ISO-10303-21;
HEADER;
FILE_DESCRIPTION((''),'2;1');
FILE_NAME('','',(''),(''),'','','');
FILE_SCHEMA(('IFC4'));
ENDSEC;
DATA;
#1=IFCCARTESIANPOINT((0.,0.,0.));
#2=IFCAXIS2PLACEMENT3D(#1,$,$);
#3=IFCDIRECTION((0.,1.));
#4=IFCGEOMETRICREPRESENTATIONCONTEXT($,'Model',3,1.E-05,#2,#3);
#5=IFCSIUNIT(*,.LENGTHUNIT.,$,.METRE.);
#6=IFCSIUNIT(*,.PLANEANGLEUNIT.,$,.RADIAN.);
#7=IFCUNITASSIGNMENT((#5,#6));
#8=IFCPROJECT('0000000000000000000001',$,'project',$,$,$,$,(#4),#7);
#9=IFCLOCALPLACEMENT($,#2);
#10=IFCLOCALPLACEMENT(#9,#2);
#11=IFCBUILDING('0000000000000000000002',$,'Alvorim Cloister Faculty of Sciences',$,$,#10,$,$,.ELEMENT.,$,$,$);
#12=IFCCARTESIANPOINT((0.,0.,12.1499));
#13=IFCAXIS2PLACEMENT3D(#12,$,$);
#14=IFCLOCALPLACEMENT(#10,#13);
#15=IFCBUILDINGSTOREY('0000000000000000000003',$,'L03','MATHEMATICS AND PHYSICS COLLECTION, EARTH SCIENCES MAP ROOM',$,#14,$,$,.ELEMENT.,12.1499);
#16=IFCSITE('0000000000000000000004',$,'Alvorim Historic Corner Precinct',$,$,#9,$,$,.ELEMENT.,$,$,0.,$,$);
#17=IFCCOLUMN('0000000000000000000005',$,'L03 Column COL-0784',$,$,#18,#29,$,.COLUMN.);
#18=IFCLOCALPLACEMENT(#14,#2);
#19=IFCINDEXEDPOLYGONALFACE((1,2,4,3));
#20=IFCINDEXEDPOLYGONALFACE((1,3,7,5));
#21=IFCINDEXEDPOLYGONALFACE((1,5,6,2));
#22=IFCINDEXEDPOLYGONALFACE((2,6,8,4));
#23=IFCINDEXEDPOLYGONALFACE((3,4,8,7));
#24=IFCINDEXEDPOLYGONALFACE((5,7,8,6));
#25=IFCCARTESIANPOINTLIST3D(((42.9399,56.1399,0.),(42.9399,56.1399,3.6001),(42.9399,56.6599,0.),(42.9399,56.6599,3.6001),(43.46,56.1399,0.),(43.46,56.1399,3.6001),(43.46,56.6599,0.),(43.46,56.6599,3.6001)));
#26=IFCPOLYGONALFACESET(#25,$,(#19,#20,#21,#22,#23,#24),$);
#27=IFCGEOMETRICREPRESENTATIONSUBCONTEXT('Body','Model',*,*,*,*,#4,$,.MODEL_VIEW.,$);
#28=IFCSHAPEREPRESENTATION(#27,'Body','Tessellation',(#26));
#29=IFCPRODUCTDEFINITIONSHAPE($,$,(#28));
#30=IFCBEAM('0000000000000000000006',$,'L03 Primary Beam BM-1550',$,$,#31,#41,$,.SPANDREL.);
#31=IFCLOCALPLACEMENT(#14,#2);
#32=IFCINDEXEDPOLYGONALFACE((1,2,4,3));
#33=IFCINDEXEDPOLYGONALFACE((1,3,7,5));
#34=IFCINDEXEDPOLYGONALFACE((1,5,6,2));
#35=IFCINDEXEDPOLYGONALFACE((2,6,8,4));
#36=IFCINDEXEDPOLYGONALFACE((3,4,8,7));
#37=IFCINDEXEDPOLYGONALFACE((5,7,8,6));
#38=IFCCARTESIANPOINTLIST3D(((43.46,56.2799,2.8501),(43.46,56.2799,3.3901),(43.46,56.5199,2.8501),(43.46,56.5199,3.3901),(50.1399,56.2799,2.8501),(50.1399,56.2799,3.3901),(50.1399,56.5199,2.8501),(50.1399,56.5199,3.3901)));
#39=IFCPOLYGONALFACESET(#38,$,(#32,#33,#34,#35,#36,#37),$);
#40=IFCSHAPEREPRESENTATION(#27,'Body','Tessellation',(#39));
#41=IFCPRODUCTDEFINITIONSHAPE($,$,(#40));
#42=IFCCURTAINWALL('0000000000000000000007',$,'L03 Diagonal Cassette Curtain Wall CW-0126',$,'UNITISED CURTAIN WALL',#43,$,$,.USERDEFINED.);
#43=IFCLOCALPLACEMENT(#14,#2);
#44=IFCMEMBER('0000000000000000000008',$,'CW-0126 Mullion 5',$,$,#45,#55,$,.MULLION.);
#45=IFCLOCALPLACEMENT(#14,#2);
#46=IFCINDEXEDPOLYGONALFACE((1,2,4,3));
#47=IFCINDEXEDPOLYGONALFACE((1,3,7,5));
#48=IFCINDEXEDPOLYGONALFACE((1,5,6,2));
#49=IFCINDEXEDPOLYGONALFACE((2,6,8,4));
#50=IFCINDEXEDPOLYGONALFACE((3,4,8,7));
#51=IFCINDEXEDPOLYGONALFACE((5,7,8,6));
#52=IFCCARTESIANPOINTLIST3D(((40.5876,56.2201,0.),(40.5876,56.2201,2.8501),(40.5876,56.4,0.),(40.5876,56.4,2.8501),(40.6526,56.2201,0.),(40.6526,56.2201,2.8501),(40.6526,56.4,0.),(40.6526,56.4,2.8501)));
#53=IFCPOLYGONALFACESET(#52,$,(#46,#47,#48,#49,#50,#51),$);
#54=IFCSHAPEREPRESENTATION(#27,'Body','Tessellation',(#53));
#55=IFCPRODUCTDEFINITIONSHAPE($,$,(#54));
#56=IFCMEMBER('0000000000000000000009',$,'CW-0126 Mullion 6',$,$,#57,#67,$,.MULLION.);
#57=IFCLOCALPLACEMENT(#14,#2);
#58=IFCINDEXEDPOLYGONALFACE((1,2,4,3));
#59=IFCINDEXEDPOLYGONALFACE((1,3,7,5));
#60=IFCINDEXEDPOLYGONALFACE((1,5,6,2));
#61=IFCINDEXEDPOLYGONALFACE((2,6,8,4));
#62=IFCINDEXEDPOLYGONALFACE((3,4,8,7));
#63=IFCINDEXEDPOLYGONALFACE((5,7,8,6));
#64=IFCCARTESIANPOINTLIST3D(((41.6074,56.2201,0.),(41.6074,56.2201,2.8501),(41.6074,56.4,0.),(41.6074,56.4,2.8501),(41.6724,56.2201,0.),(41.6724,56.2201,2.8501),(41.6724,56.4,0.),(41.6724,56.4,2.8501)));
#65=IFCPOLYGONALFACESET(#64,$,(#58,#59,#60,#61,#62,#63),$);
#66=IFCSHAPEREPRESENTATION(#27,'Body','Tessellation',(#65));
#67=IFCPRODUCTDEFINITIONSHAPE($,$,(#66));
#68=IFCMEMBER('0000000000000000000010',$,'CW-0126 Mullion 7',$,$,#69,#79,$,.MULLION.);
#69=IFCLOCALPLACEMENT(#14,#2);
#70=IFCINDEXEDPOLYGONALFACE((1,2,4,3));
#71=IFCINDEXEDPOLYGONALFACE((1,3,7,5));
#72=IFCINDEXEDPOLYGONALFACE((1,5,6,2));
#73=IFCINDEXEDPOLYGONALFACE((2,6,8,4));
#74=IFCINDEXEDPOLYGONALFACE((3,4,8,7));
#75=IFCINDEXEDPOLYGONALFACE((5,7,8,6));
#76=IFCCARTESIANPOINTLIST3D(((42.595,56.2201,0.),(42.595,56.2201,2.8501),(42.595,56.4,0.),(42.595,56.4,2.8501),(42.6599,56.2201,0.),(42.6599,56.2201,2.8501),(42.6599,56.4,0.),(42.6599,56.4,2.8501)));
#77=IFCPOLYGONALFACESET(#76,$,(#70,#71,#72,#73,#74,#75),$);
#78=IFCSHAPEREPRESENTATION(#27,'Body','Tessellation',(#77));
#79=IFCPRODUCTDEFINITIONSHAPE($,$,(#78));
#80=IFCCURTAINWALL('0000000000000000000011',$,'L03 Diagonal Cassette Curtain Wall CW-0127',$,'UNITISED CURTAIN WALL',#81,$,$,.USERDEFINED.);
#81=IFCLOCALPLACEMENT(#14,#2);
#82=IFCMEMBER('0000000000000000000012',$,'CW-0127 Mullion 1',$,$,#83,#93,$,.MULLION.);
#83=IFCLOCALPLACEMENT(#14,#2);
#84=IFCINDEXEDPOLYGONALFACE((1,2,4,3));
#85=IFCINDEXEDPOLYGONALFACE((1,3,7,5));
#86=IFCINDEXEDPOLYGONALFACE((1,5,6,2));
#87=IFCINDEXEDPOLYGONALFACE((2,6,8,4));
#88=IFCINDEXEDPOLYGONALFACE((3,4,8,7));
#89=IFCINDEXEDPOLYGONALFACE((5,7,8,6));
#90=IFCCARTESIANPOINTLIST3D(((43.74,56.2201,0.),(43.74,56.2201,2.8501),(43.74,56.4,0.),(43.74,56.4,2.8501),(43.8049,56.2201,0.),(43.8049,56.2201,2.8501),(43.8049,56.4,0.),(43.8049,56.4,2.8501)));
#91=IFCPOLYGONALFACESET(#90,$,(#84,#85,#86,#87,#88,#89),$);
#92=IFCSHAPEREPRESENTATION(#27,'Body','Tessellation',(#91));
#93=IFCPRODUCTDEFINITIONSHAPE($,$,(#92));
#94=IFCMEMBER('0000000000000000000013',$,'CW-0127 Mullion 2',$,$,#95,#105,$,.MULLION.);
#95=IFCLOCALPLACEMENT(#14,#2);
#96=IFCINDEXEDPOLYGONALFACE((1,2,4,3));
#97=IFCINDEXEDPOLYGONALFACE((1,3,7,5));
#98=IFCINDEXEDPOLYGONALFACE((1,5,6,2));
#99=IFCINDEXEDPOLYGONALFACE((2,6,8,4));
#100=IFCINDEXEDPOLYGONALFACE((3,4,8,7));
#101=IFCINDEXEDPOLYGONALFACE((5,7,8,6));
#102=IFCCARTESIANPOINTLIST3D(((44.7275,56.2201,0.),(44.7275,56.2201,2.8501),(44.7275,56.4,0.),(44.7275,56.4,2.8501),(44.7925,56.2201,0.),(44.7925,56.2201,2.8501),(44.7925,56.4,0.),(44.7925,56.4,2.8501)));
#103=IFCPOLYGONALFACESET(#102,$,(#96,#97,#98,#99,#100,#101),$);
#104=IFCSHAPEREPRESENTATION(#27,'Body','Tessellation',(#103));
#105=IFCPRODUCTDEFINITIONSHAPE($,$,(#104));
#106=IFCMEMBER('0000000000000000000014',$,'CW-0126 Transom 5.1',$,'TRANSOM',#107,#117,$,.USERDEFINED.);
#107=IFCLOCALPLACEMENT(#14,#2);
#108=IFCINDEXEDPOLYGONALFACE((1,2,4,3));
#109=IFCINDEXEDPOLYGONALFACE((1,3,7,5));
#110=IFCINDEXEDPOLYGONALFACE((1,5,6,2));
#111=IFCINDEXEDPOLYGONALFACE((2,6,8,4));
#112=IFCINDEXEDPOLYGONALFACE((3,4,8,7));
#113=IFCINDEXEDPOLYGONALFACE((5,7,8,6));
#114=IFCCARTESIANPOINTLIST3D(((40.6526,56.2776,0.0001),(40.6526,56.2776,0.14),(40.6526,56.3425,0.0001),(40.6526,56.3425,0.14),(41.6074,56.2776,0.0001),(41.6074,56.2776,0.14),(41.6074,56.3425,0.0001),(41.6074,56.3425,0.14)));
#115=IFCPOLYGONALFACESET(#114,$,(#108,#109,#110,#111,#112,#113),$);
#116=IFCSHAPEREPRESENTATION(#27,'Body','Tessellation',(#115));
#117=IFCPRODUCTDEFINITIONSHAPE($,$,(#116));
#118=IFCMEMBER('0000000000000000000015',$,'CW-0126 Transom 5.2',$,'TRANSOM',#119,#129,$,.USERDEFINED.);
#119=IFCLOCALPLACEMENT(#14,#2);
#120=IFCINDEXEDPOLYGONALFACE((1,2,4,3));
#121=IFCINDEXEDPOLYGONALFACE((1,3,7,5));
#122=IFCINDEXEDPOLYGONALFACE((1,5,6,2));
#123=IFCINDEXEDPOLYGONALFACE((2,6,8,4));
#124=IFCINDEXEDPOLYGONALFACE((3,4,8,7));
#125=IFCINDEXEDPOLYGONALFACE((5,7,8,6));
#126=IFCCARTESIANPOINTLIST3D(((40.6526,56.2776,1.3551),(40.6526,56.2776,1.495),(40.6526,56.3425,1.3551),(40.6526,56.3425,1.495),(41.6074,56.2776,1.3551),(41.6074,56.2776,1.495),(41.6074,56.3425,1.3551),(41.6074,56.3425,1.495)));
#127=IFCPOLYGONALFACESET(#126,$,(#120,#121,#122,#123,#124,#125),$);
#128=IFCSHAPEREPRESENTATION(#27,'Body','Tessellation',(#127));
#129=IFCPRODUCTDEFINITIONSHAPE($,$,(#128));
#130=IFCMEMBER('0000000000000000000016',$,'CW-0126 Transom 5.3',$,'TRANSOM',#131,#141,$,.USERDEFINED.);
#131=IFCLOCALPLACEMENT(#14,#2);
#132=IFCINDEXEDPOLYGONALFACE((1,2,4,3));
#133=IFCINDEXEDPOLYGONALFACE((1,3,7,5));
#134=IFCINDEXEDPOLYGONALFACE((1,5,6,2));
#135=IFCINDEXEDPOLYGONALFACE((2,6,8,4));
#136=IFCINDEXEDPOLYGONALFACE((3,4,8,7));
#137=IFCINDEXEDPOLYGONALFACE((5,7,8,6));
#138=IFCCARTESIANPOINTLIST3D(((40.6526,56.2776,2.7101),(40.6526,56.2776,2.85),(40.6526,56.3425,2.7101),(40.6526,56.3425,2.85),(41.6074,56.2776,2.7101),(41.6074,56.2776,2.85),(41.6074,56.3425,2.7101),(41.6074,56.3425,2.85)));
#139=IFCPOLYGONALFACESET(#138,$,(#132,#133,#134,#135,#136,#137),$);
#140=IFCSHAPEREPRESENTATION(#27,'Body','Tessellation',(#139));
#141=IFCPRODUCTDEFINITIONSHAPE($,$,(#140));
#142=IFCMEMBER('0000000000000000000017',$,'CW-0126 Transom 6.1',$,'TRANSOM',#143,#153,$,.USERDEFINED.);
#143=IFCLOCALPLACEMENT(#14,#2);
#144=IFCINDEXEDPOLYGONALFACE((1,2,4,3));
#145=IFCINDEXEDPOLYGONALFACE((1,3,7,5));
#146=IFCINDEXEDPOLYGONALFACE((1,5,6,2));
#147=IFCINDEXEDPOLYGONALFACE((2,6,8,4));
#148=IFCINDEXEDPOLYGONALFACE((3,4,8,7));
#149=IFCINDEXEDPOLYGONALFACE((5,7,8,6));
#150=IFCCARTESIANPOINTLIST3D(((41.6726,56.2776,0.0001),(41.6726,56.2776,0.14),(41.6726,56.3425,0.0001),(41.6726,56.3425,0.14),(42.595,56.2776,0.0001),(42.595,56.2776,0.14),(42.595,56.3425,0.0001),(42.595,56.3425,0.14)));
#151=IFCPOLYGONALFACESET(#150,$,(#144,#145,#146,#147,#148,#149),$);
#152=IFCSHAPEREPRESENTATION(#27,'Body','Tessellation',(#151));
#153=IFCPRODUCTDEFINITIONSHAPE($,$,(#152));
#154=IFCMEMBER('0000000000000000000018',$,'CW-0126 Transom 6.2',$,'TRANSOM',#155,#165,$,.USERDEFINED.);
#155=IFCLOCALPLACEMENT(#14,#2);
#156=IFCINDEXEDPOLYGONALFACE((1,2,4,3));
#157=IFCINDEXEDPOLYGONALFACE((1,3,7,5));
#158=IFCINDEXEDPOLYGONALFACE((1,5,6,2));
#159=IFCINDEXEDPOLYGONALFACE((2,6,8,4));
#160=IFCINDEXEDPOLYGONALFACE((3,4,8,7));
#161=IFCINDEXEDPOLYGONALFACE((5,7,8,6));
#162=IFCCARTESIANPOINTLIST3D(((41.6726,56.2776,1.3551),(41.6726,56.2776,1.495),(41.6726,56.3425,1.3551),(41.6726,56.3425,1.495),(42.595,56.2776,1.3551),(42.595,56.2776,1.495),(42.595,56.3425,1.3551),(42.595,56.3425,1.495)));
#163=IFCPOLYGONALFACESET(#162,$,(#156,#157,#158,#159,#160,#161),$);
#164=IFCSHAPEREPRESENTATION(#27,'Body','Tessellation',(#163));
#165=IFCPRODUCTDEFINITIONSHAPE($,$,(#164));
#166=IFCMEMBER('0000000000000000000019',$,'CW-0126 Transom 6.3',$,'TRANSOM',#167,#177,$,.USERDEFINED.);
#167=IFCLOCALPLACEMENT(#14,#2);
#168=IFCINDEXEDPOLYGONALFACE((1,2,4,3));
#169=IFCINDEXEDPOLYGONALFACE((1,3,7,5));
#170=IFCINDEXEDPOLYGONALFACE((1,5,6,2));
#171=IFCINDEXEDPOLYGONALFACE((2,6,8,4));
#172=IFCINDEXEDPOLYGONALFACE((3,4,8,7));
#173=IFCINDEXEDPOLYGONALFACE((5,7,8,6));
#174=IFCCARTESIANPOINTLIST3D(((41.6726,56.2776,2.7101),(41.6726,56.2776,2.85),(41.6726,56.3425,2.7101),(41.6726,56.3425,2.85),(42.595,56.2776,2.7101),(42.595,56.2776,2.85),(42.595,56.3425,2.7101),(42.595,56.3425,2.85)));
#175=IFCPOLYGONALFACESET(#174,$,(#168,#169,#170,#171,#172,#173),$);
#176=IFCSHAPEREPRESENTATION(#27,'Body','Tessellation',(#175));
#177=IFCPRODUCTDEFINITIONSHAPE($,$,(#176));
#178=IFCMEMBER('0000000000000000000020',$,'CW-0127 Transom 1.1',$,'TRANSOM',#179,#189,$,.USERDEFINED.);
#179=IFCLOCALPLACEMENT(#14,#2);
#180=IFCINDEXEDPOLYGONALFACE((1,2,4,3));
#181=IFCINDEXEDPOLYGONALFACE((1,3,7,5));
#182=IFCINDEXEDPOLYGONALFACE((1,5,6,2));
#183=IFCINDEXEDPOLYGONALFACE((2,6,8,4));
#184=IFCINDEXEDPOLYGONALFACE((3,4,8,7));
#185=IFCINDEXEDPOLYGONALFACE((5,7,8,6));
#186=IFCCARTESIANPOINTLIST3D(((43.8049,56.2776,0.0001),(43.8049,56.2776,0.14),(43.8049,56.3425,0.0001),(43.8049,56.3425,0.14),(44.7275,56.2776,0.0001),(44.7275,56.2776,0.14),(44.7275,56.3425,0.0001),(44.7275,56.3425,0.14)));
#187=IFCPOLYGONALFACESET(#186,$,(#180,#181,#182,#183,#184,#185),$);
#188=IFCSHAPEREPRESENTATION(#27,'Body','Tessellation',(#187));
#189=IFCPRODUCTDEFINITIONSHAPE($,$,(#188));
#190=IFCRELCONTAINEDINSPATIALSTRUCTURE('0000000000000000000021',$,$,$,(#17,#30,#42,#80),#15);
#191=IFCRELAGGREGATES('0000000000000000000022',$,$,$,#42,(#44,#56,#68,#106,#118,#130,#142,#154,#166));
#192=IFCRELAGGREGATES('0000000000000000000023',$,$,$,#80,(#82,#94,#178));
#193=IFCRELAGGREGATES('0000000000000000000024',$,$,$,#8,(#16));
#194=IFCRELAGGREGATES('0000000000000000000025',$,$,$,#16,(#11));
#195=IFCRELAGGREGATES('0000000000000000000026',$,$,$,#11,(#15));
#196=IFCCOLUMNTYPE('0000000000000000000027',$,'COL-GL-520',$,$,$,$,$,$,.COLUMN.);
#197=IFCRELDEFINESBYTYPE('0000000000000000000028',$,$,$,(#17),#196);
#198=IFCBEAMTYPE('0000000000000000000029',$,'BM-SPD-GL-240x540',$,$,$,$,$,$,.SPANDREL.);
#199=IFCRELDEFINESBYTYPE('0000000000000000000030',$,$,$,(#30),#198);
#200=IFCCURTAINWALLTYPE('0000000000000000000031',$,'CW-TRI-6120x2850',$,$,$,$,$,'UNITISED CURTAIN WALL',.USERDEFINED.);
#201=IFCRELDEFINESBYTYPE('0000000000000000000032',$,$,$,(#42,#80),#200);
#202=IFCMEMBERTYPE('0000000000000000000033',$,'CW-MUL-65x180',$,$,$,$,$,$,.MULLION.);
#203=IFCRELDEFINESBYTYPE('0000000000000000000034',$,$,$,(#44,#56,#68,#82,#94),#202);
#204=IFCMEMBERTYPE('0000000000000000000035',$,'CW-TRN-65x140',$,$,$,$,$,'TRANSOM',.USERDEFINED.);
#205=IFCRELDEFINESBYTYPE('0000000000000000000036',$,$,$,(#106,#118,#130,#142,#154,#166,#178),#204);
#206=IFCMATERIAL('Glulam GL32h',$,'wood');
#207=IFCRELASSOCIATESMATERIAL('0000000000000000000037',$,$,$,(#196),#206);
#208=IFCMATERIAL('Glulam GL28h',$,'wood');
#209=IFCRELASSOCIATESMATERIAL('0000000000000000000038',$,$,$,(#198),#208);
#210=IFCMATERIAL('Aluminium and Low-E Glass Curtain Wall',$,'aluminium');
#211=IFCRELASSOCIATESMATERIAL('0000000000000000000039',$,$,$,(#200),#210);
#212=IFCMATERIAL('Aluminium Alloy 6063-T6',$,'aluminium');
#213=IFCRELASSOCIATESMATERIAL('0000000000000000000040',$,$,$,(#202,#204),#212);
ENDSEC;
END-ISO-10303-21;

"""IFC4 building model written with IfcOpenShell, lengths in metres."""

from ifc_helpers import new_model, si_unit, direction, frame, origin, origin_2d, place, context, subcontext, project, spatial, rectangle, extrude, material, material_profile, profile_set, type_object, element, aggregate, save


model = new_model("IFC4")

# Units and contexts
model_context = context("Model", 3, precision=1e-05, world=origin(), true_north=direction((0.0, 1.0)))
body_context = subcontext(model_context, "Body", "Model", "MODEL_VIEW")
ifc_project = project(units=[si_unit("LENGTHUNIT", "METRE"), si_unit("PLANEANGLEUNIT", "RADIAN")], contexts=[model_context])

# Site, building, storey
site_placement = place(None, origin())
site = spatial("IfcSite", under=ifc_project, at=site_placement, Name="Alvorim Historic Corner Precinct", CompositionType="ELEMENT", RefElevation=0.0)
building_placement = place(site_placement, origin())
building = spatial("IfcBuilding", under=site, at=building_placement, Name="Alvorim Cloister Faculty of Sciences", CompositionType="ELEMENT")
storey_placement = place(building_placement, frame((0.0, 0.0, 12.1499)))
storey = spatial("IfcBuildingStorey", under=building, at=storey_placement, Name="L03", Description="MATHEMATICS AND PHYSICS COLLECTION, EARTH SCIENCES MAP ROOM", CompositionType="ELEMENT", Elevation=12.1499)

# Column
ifc_material_1 = material(Name="Glulam GL32h", Category="wood")
ifc_material_profile_1 = material_profile(ifc_material_1, rectangle(XDim=0.52, YDim=0.52, at=origin_2d()), Name="GL32-COL-520x520")
ifc_profile_set_1 = profile_set([ifc_material_profile_1], Name="Glulam GL32h")
column_type = type_object("IfcColumnType", Name="COL-GL-520", PredefinedType="COLUMN", material=ifc_profile_set_1)
column_placement = place(storey_placement, frame((43.2, 56.3999, 0.0), z_axis=(0.0, 0.0, 1.0), x_axis=(1.0, 0.0, 0.0)))
element("IfcColumn", 1, at=column_placement, inside=storey, type_object=column_type, Name="L03 Column COL-0784", PredefinedType="COLUMN", context=body_context, shape_type="SweptSolid", body=[
    extrude(rectangle(XDim=0.52, YDim=0.52, at=origin_2d()), origin(), (0.0, 0.0, 1.0), 3.6001),
])

# Beam
ifc_material_2 = material(Name="Glulam GL28h", Category="wood")
ifc_material_profile_2 = material_profile(ifc_material_2, rectangle(XDim=0.24, YDim=0.54, at=origin_2d()), Name="GL28-SPD-240x540")
ifc_profile_set_2 = profile_set([ifc_material_profile_2], Name="Glulam GL28h")
beam_type = type_object("IfcBeamType", Name="BM-SPD-GL-240x540", PredefinedType="SPANDREL", material=ifc_profile_set_2)
beam_placement = place(storey_placement, frame((43.46, 56.3999, 3.1201), z_axis=(1.0, 0.0, 0.0), x_axis=(0.0, 1.0, 0.0)))
element("IfcBeam", 2, at=beam_placement, inside=storey, type_object=beam_type, Name="L03 Primary Beam BM-1550", PredefinedType="SPANDREL", context=body_context, shape_type="SweptSolid", body=[
    extrude(rectangle(XDim=0.24, YDim=0.54, at=origin_2d()), origin(), (0.0, 0.0, 1.0), 6.6799),
])

# Curtain walls, members
ifc_material_3 = material(Name="Aluminium and Low-E Glass Curtain Wall", Category="aluminium")
curtain_wall_type = type_object("IfcCurtainWallType", Name="CW-TRI-6120x2850", ElementType="UNITISED CURTAIN WALL", PredefinedType="USERDEFINED", material=ifc_material_3)
curtain_wall_1_placement = place(storey_placement, origin())
curtain_wall_1 = element("IfcCurtainWall", 3, at=curtain_wall_1_placement, inside=storey, type_object=curtain_wall_type, Name="L03 Diagonal Cassette Curtain Wall CW-0126", ObjectType="UNITISED CURTAIN WALL", PredefinedType="USERDEFINED")
ifc_material_4 = material(Name="Aluminium Alloy 6063-T6", Category="aluminium")
ifc_material_profile_3 = material_profile(ifc_material_4, rectangle(XDim=0.0649, YDim=0.1799, at=origin_2d()), Name="ALU-MUL-65x180")
ifc_profile_set_3 = profile_set([ifc_material_profile_3], Name="Aluminium Alloy 6063-T6")
member_type_1 = type_object("IfcMemberType", Name="CW-MUL-65x180", PredefinedType="MULLION", material=ifc_profile_set_3)
member_1_placement = place(storey_placement, frame((40.6201, 56.3101, 0.0), z_axis=(0.0, 0.0, 1.0), x_axis=(1.0, 0.0, 0.0)))
member_1 = element("IfcMember", 4, at=member_1_placement, type_object=member_type_1, Name="CW-0126 Mullion 5", PredefinedType="MULLION", context=body_context, shape_type="SweptSolid", body=[
    extrude(rectangle(XDim=0.0649, YDim=0.1799, at=origin_2d()), origin(), (0.0, 0.0, 1.0), 2.8501),
])
member_2_placement = place(storey_placement, frame((41.6399, 56.3101, 0.0), z_axis=(0.0, 0.0, 1.0), x_axis=(1.0, 0.0, 0.0)))
member_2 = element("IfcMember", 5, at=member_2_placement, type_object=member_type_1, Name="CW-0126 Mullion 6", PredefinedType="MULLION", context=body_context, shape_type="SweptSolid", body=[
    extrude(rectangle(XDim=0.0649, YDim=0.1799, at=origin_2d()), origin(), (0.0, 0.0, 1.0), 2.8501),
])
member_3_placement = place(storey_placement, frame((42.6274, 56.3101, 0.0), z_axis=(0.0, 0.0, 1.0), x_axis=(1.0, 0.0, 0.0)))
member_3 = element("IfcMember", 6, at=member_3_placement, type_object=member_type_1, Name="CW-0126 Mullion 7", PredefinedType="MULLION", context=body_context, shape_type="SweptSolid", body=[
    extrude(rectangle(XDim=0.0649, YDim=0.1799, at=origin_2d()), origin(), (0.0, 0.0, 1.0), 2.8501),
])
curtain_wall_2_placement = place(storey_placement, origin())
curtain_wall_2 = element("IfcCurtainWall", 7, at=curtain_wall_2_placement, inside=storey, type_object=curtain_wall_type, Name="L03 Diagonal Cassette Curtain Wall CW-0127", ObjectType="UNITISED CURTAIN WALL", PredefinedType="USERDEFINED")
member_4_placement = place(storey_placement, frame((43.7725, 56.3101, 0.0), z_axis=(0.0, 0.0, 1.0), x_axis=(1.0, 0.0, 0.0)))
member_4 = element("IfcMember", 8, at=member_4_placement, type_object=member_type_1, Name="CW-0127 Mullion 1", PredefinedType="MULLION", context=body_context, shape_type="SweptSolid", body=[
    extrude(rectangle(XDim=0.0649, YDim=0.1799, at=origin_2d()), origin(), (0.0, 0.0, 1.0), 2.8501),
])
member_5_placement = place(storey_placement, frame((44.76, 56.3101, 0.0), z_axis=(0.0, 0.0, 1.0), x_axis=(1.0, 0.0, 0.0)))
member_5 = element("IfcMember", 9, at=member_5_placement, type_object=member_type_1, Name="CW-0127 Mullion 2", PredefinedType="MULLION", context=body_context, shape_type="SweptSolid", body=[
    extrude(rectangle(XDim=0.0649, YDim=0.1799, at=origin_2d()), origin(), (0.0, 0.0, 1.0), 2.8501),
])

# Members
ifc_material_profile_4 = material_profile(ifc_material_4, rectangle(XDim=0.0649, YDim=0.1399, at=origin_2d()), Name="ALU-TRN-65x140")
ifc_profile_set_4 = profile_set([ifc_material_profile_4], Name="Aluminium Alloy 6063-T6")
member_type_2 = type_object("IfcMemberType", Name="CW-TRN-65x140", ElementType="TRANSOM", PredefinedType="USERDEFINED", material=ifc_profile_set_4)
member_6_placement = place(storey_placement, frame((40.6526, 56.3101, 0.0701), z_axis=(1.0, 0.0, 0.0), x_axis=(0.0, 1.0, 0.0)))
member_6 = element("IfcMember", 10, at=member_6_placement, type_object=member_type_2, Name="CW-0126 Transom 5.1", ObjectType="TRANSOM", PredefinedType="USERDEFINED", context=body_context, shape_type="SweptSolid", body=[
    extrude(rectangle(XDim=0.0649, YDim=0.1399, at=origin_2d()), origin(), (0.0, 0.0, 1.0), 0.9548),
])
member_7_placement = place(storey_placement, frame((40.6526, 56.3101, 1.425), z_axis=(1.0, 0.0, 0.0), x_axis=(0.0, 1.0, 0.0)))
member_7 = element("IfcMember", 11, at=member_7_placement, type_object=member_type_2, Name="CW-0126 Transom 5.2", ObjectType="TRANSOM", PredefinedType="USERDEFINED", context=body_context, shape_type="SweptSolid", body=[
    extrude(rectangle(XDim=0.0649, YDim=0.1399, at=origin_2d()), origin(), (0.0, 0.0, 1.0), 0.9548),
])
member_8_placement = place(storey_placement, frame((40.6526, 56.3101, 2.78), z_axis=(1.0, 0.0, 0.0), x_axis=(0.0, 1.0, 0.0)))
member_8 = element("IfcMember", 12, at=member_8_placement, type_object=member_type_2, Name="CW-0126 Transom 5.3", ObjectType="TRANSOM", PredefinedType="USERDEFINED", context=body_context, shape_type="SweptSolid", body=[
    extrude(rectangle(XDim=0.0649, YDim=0.1399, at=origin_2d()), origin(), (0.0, 0.0, 1.0), 0.9548),
])
member_9_placement = place(storey_placement, frame((41.6726, 56.3101, 0.0701), z_axis=(1.0, 0.0, 0.0), x_axis=(0.0, 1.0, 0.0)))
member_9 = element("IfcMember", 13, at=member_9_placement, type_object=member_type_2, Name="CW-0126 Transom 6.1", ObjectType="TRANSOM", PredefinedType="USERDEFINED", context=body_context, shape_type="SweptSolid", body=[
    extrude(rectangle(XDim=0.0649, YDim=0.1399, at=origin_2d()), origin(), (0.0, 0.0, 1.0), 0.9224),
])
member_10_placement = place(storey_placement, frame((41.6726, 56.3101, 1.425), z_axis=(1.0, 0.0, 0.0), x_axis=(0.0, 1.0, 0.0)))
member_10 = element("IfcMember", 14, at=member_10_placement, type_object=member_type_2, Name="CW-0126 Transom 6.2", ObjectType="TRANSOM", PredefinedType="USERDEFINED", context=body_context, shape_type="SweptSolid", body=[
    extrude(rectangle(XDim=0.0649, YDim=0.1399, at=origin_2d()), origin(), (0.0, 0.0, 1.0), 0.9224),
])
member_11_placement = place(storey_placement, frame((41.6726, 56.3101, 2.78), z_axis=(1.0, 0.0, 0.0), x_axis=(0.0, 1.0, 0.0)))
member_11 = element("IfcMember", 15, at=member_11_placement, type_object=member_type_2, Name="CW-0126 Transom 6.3", ObjectType="TRANSOM", PredefinedType="USERDEFINED", context=body_context, shape_type="SweptSolid", body=[
    extrude(rectangle(XDim=0.0649, YDim=0.1399, at=origin_2d()), origin(), (0.0, 0.0, 1.0), 0.9224),
])
member_12_placement = place(storey_placement, frame((43.8049, 56.3101, 0.0701), z_axis=(1.0, 0.0, 0.0), x_axis=(0.0, 1.0, 0.0)))
member_12 = element("IfcMember", 16, at=member_12_placement, type_object=member_type_2, Name="CW-0127 Transom 1.1", ObjectType="TRANSOM", PredefinedType="USERDEFINED", context=body_context, shape_type="SweptSolid", body=[
    extrude(rectangle(XDim=0.0649, YDim=0.1399, at=origin_2d()), origin(), (0.0, 0.0, 1.0), 0.9226),
])

aggregate(curtain_wall_1, [member_1, member_2, member_3, member_6, member_7, member_8, member_9, member_10, member_11])
aggregate(curtain_wall_2, [member_4, member_5, member_12])

save(model, "model.ifc")
